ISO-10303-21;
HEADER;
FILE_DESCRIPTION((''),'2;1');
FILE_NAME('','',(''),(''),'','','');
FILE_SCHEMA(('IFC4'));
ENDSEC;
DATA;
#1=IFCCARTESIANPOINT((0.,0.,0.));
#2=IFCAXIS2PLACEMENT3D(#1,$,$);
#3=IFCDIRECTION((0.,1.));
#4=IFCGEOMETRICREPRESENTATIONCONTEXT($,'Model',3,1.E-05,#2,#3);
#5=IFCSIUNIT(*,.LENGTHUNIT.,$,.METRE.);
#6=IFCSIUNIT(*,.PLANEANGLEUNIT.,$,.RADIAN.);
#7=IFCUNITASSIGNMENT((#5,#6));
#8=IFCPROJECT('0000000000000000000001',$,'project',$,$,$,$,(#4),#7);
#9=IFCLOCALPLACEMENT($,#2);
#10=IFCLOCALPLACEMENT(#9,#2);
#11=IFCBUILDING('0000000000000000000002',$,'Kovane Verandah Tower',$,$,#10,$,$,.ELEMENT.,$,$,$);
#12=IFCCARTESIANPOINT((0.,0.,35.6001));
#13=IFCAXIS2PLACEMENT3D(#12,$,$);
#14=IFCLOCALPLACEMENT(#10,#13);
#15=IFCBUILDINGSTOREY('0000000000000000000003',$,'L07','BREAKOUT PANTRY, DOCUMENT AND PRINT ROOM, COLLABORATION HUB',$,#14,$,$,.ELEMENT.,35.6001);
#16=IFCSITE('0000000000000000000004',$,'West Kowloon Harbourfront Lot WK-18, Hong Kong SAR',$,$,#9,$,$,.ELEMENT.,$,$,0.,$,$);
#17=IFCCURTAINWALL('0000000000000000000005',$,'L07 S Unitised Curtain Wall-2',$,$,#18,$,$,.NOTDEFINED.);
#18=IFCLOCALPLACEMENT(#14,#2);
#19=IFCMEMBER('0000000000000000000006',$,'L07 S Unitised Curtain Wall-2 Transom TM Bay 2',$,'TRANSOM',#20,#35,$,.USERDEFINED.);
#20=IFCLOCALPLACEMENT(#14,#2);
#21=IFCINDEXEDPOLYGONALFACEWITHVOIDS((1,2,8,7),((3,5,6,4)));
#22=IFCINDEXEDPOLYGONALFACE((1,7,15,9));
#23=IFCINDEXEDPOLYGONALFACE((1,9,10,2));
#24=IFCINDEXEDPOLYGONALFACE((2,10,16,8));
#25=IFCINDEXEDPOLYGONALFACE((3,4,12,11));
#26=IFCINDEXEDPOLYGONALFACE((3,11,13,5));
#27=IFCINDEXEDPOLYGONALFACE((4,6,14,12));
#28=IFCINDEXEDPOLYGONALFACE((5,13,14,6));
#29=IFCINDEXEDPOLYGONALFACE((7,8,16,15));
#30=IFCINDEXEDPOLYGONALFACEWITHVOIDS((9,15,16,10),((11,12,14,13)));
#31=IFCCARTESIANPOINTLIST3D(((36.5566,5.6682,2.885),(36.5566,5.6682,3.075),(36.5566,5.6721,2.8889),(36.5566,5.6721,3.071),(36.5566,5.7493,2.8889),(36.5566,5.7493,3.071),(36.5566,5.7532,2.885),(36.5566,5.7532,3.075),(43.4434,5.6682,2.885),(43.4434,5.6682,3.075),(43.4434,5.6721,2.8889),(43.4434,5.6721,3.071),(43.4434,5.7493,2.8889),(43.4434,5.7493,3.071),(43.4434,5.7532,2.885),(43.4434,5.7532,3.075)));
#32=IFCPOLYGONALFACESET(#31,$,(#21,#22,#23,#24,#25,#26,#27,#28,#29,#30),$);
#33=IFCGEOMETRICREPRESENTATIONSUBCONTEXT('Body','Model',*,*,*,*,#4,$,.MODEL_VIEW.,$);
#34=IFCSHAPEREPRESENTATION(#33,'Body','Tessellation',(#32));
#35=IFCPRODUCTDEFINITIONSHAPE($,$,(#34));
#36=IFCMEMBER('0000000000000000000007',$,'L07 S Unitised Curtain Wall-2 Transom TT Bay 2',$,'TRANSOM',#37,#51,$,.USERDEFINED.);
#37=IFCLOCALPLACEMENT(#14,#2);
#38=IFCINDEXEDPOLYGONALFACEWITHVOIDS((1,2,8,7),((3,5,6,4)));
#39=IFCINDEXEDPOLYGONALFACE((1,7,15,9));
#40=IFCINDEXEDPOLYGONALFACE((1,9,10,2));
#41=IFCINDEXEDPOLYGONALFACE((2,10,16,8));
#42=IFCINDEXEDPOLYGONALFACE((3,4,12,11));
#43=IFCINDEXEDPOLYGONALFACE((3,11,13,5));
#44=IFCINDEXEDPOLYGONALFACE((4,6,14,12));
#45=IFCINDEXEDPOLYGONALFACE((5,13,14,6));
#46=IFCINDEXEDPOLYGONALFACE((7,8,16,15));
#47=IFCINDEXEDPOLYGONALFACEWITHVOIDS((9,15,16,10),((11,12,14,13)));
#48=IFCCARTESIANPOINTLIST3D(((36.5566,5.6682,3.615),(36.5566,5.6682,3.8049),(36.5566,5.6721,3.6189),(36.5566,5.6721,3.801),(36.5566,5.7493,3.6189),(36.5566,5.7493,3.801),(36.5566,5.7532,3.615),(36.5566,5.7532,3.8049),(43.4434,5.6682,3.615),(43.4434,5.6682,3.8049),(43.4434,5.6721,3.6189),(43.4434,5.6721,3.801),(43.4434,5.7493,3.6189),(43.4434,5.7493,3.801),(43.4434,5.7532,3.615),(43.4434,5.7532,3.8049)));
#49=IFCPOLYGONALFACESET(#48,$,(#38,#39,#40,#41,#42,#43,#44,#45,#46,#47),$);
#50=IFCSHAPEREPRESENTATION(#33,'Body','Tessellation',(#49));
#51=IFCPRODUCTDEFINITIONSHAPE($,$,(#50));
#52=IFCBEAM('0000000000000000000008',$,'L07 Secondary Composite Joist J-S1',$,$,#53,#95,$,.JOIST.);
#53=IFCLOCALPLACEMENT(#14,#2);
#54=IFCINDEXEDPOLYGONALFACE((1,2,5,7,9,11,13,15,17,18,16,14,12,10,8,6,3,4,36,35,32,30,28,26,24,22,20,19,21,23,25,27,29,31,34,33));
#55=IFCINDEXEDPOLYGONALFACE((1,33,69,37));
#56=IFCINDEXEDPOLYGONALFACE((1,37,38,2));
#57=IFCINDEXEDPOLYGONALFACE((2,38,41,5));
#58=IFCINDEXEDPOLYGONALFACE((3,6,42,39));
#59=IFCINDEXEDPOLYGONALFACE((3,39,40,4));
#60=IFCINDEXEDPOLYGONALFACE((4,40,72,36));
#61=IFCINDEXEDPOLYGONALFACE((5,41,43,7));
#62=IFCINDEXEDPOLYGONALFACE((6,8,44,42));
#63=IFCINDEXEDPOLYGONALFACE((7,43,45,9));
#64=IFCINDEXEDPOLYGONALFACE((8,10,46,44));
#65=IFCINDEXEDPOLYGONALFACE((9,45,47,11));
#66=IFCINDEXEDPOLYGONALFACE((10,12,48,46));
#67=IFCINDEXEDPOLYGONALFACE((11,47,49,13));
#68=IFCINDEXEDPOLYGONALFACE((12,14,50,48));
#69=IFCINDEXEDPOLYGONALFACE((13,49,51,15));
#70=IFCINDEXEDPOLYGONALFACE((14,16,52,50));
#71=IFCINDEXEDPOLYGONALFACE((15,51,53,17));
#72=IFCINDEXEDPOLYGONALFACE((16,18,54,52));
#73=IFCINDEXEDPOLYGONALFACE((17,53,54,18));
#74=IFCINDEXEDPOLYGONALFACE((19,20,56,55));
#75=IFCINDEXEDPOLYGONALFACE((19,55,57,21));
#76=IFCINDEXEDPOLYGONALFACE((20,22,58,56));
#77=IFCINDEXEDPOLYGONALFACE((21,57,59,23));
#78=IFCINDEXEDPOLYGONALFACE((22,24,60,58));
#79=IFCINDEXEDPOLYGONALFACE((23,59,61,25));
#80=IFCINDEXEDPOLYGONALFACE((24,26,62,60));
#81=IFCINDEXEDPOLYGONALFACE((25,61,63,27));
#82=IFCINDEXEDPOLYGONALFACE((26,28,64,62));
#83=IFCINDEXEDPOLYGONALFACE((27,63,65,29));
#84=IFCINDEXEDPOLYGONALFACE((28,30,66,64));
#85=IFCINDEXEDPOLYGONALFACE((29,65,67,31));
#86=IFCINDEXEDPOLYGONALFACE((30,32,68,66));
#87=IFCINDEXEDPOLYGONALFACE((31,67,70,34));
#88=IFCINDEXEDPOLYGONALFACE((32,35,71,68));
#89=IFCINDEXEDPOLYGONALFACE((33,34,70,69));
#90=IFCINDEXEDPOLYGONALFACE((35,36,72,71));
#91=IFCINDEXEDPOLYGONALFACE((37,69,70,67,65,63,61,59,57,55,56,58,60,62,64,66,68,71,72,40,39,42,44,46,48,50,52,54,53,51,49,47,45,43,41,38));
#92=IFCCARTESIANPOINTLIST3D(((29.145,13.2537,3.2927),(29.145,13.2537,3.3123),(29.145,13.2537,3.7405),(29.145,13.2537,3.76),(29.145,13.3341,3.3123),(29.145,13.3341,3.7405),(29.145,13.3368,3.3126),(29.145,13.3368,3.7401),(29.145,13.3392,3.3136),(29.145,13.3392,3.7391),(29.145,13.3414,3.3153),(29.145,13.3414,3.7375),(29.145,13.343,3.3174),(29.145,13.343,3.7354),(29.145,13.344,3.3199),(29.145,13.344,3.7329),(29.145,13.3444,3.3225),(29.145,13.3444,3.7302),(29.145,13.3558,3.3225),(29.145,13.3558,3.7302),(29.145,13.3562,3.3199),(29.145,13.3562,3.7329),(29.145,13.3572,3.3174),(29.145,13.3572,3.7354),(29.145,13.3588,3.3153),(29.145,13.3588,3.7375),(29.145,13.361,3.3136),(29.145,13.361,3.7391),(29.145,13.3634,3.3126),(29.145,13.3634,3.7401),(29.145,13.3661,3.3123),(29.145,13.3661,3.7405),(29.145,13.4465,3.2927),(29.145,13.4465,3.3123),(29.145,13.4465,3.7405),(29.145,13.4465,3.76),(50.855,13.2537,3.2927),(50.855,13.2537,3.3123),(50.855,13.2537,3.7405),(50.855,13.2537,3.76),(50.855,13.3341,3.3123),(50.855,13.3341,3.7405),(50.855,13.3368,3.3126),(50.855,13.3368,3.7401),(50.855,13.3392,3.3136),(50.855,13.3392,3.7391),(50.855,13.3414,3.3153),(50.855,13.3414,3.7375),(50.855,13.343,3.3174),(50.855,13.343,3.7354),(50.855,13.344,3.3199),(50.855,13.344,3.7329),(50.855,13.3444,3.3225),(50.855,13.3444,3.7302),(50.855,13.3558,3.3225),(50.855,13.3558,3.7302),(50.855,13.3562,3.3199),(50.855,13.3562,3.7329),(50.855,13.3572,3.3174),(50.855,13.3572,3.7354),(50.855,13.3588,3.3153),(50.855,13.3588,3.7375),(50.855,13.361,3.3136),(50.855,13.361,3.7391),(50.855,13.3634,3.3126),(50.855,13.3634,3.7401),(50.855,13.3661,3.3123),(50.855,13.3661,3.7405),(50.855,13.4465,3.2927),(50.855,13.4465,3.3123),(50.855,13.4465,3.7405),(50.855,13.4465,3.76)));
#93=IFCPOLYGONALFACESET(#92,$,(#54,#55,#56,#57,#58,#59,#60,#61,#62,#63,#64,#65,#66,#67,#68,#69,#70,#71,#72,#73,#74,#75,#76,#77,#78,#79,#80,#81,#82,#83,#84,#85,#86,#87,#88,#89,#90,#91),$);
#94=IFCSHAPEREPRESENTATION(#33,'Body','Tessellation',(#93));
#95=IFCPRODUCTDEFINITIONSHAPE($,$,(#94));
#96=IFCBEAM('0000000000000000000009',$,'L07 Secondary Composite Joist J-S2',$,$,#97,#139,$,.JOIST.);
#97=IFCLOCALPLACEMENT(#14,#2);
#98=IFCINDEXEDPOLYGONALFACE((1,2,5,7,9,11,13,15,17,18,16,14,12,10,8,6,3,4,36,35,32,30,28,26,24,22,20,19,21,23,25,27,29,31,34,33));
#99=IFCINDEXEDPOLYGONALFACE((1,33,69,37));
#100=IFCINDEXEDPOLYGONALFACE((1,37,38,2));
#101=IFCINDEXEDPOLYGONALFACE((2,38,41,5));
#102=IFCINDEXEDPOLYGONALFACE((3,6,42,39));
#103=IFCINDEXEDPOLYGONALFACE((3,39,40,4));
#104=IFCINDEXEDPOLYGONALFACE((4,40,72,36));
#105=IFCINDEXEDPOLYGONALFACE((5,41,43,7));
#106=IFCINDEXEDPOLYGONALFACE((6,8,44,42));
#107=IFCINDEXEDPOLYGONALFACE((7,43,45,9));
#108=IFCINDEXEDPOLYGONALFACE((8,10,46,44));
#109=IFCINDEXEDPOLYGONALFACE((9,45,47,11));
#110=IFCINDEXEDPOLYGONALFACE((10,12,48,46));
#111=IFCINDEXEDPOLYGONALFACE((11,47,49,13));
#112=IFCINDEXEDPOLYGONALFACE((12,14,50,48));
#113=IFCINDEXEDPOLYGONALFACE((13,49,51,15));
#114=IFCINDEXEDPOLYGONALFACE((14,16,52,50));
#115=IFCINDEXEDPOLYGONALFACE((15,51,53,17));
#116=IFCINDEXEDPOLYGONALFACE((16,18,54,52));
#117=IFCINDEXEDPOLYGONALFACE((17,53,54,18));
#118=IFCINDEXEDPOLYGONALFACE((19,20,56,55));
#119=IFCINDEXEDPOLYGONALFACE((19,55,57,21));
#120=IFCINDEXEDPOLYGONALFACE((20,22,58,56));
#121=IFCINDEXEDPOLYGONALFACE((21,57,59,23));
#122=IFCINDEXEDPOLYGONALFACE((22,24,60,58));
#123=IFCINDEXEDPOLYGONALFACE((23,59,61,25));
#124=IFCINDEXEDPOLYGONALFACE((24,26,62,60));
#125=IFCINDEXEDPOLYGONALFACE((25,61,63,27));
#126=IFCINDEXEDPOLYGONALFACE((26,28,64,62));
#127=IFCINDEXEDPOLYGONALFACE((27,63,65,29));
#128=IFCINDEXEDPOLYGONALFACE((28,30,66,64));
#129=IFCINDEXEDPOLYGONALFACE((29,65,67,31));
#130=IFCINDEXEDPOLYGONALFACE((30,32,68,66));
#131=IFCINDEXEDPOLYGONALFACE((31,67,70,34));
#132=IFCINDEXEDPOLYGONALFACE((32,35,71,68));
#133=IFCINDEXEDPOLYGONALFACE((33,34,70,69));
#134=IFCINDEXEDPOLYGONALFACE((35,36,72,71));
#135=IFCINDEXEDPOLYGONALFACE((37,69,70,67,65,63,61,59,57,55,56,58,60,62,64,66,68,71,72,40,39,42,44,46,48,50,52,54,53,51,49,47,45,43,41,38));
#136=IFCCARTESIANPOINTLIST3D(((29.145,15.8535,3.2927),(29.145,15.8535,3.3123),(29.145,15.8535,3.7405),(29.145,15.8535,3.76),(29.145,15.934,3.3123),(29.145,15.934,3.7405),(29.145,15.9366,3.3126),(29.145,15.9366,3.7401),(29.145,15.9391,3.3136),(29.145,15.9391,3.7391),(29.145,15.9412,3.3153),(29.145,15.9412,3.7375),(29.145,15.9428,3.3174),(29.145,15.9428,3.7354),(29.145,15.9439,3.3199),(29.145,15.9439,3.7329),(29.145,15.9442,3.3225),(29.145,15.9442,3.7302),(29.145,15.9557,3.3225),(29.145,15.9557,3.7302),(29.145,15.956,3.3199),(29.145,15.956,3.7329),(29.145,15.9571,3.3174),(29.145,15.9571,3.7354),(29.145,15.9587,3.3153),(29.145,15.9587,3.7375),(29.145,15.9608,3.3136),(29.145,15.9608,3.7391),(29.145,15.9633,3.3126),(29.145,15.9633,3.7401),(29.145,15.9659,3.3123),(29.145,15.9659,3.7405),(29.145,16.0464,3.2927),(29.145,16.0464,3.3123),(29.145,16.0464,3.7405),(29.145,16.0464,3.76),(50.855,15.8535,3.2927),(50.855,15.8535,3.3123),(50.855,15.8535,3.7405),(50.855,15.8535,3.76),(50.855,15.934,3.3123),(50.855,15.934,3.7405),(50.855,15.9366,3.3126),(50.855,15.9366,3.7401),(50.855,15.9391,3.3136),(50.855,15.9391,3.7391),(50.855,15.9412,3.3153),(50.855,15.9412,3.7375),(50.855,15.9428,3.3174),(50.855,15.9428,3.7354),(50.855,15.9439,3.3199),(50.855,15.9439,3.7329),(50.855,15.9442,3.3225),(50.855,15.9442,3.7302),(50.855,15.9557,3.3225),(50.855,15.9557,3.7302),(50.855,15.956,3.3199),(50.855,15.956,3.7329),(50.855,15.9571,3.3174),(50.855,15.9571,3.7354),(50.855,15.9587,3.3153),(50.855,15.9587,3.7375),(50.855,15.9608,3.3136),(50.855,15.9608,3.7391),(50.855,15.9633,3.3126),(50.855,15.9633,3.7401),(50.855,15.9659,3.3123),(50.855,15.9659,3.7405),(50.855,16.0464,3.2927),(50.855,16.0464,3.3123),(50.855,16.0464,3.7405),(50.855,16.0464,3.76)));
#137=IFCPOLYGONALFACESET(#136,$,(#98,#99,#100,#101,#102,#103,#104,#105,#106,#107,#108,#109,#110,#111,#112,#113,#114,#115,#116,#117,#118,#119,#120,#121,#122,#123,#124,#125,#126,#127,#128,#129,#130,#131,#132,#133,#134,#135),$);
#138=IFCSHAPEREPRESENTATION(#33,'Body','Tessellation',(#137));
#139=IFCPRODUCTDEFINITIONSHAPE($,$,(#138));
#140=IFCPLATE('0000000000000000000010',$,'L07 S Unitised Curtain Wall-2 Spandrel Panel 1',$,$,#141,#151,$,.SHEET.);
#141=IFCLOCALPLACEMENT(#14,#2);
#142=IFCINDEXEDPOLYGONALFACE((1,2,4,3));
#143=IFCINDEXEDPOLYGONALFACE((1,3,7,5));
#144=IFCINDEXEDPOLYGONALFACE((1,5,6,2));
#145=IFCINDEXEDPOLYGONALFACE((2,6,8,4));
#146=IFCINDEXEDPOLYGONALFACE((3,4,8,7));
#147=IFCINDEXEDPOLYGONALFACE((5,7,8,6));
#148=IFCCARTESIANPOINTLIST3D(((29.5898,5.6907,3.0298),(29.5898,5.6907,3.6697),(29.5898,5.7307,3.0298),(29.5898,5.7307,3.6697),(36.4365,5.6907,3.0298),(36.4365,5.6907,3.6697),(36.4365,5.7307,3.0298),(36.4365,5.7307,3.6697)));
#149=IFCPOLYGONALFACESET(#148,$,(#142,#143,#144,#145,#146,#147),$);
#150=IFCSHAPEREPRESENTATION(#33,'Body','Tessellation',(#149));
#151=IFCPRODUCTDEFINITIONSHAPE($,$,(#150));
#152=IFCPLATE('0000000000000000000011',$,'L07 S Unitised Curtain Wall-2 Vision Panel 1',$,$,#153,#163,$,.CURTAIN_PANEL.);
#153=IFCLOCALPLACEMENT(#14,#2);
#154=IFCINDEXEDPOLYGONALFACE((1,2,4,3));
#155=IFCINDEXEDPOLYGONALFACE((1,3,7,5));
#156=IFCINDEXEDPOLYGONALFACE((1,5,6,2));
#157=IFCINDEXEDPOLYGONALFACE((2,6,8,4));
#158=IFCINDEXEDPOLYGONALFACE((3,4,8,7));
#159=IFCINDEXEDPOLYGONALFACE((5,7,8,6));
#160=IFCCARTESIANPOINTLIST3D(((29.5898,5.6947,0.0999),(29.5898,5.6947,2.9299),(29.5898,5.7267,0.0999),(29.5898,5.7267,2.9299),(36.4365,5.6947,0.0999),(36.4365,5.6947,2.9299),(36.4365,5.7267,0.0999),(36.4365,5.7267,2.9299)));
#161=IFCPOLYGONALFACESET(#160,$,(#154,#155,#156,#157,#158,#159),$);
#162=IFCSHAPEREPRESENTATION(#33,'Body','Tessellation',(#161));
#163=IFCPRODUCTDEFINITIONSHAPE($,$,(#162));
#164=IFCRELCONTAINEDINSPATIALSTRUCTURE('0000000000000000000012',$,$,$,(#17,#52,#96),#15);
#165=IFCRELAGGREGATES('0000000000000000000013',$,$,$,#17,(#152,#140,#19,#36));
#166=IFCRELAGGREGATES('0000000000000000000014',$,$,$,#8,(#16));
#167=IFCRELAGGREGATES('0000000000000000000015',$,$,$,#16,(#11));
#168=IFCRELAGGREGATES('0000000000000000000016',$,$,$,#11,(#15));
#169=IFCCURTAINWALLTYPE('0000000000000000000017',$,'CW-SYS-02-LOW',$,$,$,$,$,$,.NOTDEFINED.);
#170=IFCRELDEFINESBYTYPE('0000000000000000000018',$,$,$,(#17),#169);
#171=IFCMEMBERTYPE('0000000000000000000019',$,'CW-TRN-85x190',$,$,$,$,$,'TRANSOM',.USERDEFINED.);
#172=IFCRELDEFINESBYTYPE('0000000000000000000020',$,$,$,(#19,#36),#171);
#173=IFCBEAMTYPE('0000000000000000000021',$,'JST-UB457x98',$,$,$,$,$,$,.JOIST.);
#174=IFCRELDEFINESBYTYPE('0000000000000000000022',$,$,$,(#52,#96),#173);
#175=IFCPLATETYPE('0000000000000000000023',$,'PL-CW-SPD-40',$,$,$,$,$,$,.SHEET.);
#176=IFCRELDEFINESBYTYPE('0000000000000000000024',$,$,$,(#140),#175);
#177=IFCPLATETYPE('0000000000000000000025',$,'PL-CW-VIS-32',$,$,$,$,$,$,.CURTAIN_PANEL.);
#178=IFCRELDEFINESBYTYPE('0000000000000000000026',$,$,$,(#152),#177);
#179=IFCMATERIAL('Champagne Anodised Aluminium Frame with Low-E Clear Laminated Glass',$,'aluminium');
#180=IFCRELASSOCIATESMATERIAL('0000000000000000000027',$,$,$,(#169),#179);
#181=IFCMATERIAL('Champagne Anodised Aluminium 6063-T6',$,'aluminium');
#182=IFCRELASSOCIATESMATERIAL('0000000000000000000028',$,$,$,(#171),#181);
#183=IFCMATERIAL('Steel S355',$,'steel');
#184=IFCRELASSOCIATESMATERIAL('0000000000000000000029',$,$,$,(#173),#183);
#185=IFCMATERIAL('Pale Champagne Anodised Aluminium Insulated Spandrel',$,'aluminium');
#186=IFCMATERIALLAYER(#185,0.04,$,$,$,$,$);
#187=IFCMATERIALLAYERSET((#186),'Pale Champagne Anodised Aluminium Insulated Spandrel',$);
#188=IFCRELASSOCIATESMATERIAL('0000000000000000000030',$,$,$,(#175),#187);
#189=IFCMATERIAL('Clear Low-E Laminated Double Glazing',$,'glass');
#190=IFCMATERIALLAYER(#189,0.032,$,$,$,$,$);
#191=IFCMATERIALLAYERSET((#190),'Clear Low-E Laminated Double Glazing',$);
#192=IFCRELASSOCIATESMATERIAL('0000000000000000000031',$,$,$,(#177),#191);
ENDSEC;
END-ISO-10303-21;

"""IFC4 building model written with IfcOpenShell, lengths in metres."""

from ifc_helpers import new_model, si_unit, direction, frame, origin, origin_2d, place, context, subcontext, project, spatial, rectangle, hollow_rectangle, i_section, extrude, material, layer, layer_set, material_profile, profile_set, type_object, element, aggregate, save


model = new_model("IFC4")

# Units and contexts
model_context = context("Model", 3, precision=1e-05, world=origin(), true_north=direction((0.0, 1.0)))
body_context = subcontext(model_context, "Body", "Model", "MODEL_VIEW")
ifc_project = project(units=[si_unit("LENGTHUNIT", "METRE"), si_unit("PLANEANGLEUNIT", "RADIAN")], contexts=[model_context])

# Site, building, storey
site_placement = place(None, origin())
site = spatial("IfcSite", under=ifc_project, at=site_placement, Name="West Kowloon Harbourfront Lot WK-18, Hong Kong SAR", CompositionType="ELEMENT", RefElevation=0.0)
building_placement = place(site_placement, origin())
building = spatial("IfcBuilding", under=site, at=building_placement, Name="Kovane Verandah Tower", CompositionType="ELEMENT")
storey_placement = place(building_placement, frame((0.0, 0.0, 35.6001)))
storey = spatial("IfcBuildingStorey", under=building, at=storey_placement, Name="L07", Description="BREAKOUT PANTRY, DOCUMENT AND PRINT ROOM, COLLABORATION HUB", CompositionType="ELEMENT", Elevation=35.6001)

# Shared definitions
ifc_material_1 = material(Name="Steel S355", Category="steel")

# Curtain wall, members
ifc_material_2 = material(Name="Champagne Anodised Aluminium Frame with Low-E Clear Laminated Glass", Category="aluminium")
curtain_wall_type = type_object("IfcCurtainWallType", Name="CW-SYS-02-LOW", PredefinedType="NOTDEFINED", material=ifc_material_2)
curtain_wall_placement = place(storey_placement, origin())
curtain_wall = element("IfcCurtainWall", 1, at=curtain_wall_placement, inside=storey, type_object=curtain_wall_type, Name="L07 S Unitised Curtain Wall-2", PredefinedType="NOTDEFINED")
ifc_material_3 = material(Name="Champagne Anodised Aluminium 6063-T6", Category="aluminium")
ifc_material_profile_1 = material_profile(ifc_material_3, hollow_rectangle(XDim=0.085, YDim=0.1899, WallThickness=0.0039, at=origin_2d()), Name="AL85x190x4")
ifc_profile_set_1 = profile_set([ifc_material_profile_1], Name="Champagne Anodised Aluminium 6063-T6")
member_type_1 = type_object("IfcMemberType", Name="CW-TRN-85x190", ElementType="TRANSOM", PredefinedType="USERDEFINED", material=ifc_profile_set_1)
member_1_placement = place(storey_placement, frame((36.5566, 5.7107, 2.98), z_axis=(1.0, 0.0, 0.0), x_axis=(0.0, 1.0, 0.0)))
member_1 = element("IfcMember", 2, at=member_1_placement, type_object=member_type_1, Name="L07 S Unitised Curtain Wall-2 Transom TM Bay 2", ObjectType="TRANSOM", PredefinedType="USERDEFINED", context=body_context, shape_type="SweptSolid", body=[
    extrude(hollow_rectangle(XDim=0.085, YDim=0.1899, WallThickness=0.0039, at=origin_2d()), origin(), (0.0, 0.0, 1.0), 6.8867),
])
member_2_placement = place(storey_placement, frame((36.5566, 5.7107, 3.71), z_axis=(1.0, 0.0, 0.0), x_axis=(0.0, 1.0, 0.0)))
member_2 = element("IfcMember", 3, at=member_2_placement, type_object=member_type_1, Name="L07 S Unitised Curtain Wall-2 Transom TT Bay 2", ObjectType="TRANSOM", PredefinedType="USERDEFINED", context=body_context, shape_type="SweptSolid", body=[
    extrude(hollow_rectangle(XDim=0.085, YDim=0.1899, WallThickness=0.0039, at=origin_2d()), origin(), (0.0, 0.0, 1.0), 6.8867),
])

# Beams
ifc_material_profile_2 = material_profile(ifc_material_1, i_section(OverallWidth=0.1929, OverallDepth=0.4673, WebThickness=0.0115, FlangeThickness=0.0195, FilletRadius=0.0103, at=origin_2d()), Name="UB457x191x98")
ifc_profile_set_2 = profile_set([ifc_material_profile_2], Name="Steel S355")
beam_type_1 = type_object("IfcBeamType", Name="JST-UB457x98", PredefinedType="JOIST", material=ifc_profile_set_2)
for number, where, z_axis, x_axis, name in (
    (4, (29.145, 13.3501, 3.5264), (1.0, 0.0, 0.0), (0.0, 1.0, 0.0), "L07 Secondary Composite Joist J-S1"),
    (5, (29.145, 15.95, 3.5264), (1.0, 0.0, 0.0), (0.0, 1.0, 0.0), "L07 Secondary Composite Joist J-S2"),
):
    element("IfcBeam", number, at=place(storey_placement, frame(where, z_axis=z_axis, x_axis=x_axis)), inside=storey, type_object=beam_type_1, Name=name, PredefinedType="JOIST", context=body_context, shape_type="SweptSolid", body=[
        extrude(i_section(OverallWidth=0.1929, OverallDepth=0.4673, WebThickness=0.0115, FlangeThickness=0.0195, FilletRadius=0.0103, at=origin_2d()), origin(), (0.0, 0.0, 1.0), 21.71),
    ])

# Plates
ifc_material_4 = material(Name="Pale Champagne Anodised Aluminium Insulated Spandrel", Category="aluminium")
ifc_layer_1 = layer(ifc_material_4, 0.04)
ifc_layer_set_1 = layer_set([ifc_layer_1], Name="Pale Champagne Anodised Aluminium Insulated Spandrel")
plate_type_1 = type_object("IfcPlateType", Name="PL-CW-SPD-40", PredefinedType="SHEET", material=ifc_layer_set_1)
plate_1_placement = place(storey_placement, frame((33.0132, 5.7107, 3.0298), z_axis=(0.0, 0.0, 1.0), x_axis=(1.0, 0.0, 0.0)))
plate_1 = element("IfcPlate", 6, at=plate_1_placement, type_object=plate_type_1, Name="L07 S Unitised Curtain Wall-2 Spandrel Panel 1", PredefinedType="SHEET", context=body_context, shape_type="SweptSolid", body=[
    extrude(rectangle(XDim=6.8467, YDim=0.04, at=origin_2d()), origin(), (0.0, 0.0, 1.0), 0.6399),
])
ifc_material_5 = material(Name="Clear Low-E Laminated Double Glazing", Category="glass")
ifc_layer_2 = layer(ifc_material_5, 0.032)
ifc_layer_set_2 = layer_set([ifc_layer_2], Name="Clear Low-E Laminated Double Glazing")
plate_type_2 = type_object("IfcPlateType", Name="PL-CW-VIS-32", PredefinedType="CURTAIN_PANEL", material=ifc_layer_set_2)
plate_2_placement = place(storey_placement, frame((33.0132, 5.7107, 0.0999), z_axis=(0.0, 0.0, 1.0), x_axis=(1.0, 0.0, 0.0)))
plate_2 = element("IfcPlate", 7, at=plate_2_placement, type_object=plate_type_2, Name="L07 S Unitised Curtain Wall-2 Vision Panel 1", PredefinedType="CURTAIN_PANEL", context=body_context, shape_type="SweptSolid", body=[
    extrude(rectangle(XDim=6.8467, YDim=0.032, at=origin_2d()), origin(), (0.0, 0.0, 1.0), 2.8301),
])
aggregate(curtain_wall, [plate_2, plate_1, member_1, member_2])

save(model, "model.ifc")
